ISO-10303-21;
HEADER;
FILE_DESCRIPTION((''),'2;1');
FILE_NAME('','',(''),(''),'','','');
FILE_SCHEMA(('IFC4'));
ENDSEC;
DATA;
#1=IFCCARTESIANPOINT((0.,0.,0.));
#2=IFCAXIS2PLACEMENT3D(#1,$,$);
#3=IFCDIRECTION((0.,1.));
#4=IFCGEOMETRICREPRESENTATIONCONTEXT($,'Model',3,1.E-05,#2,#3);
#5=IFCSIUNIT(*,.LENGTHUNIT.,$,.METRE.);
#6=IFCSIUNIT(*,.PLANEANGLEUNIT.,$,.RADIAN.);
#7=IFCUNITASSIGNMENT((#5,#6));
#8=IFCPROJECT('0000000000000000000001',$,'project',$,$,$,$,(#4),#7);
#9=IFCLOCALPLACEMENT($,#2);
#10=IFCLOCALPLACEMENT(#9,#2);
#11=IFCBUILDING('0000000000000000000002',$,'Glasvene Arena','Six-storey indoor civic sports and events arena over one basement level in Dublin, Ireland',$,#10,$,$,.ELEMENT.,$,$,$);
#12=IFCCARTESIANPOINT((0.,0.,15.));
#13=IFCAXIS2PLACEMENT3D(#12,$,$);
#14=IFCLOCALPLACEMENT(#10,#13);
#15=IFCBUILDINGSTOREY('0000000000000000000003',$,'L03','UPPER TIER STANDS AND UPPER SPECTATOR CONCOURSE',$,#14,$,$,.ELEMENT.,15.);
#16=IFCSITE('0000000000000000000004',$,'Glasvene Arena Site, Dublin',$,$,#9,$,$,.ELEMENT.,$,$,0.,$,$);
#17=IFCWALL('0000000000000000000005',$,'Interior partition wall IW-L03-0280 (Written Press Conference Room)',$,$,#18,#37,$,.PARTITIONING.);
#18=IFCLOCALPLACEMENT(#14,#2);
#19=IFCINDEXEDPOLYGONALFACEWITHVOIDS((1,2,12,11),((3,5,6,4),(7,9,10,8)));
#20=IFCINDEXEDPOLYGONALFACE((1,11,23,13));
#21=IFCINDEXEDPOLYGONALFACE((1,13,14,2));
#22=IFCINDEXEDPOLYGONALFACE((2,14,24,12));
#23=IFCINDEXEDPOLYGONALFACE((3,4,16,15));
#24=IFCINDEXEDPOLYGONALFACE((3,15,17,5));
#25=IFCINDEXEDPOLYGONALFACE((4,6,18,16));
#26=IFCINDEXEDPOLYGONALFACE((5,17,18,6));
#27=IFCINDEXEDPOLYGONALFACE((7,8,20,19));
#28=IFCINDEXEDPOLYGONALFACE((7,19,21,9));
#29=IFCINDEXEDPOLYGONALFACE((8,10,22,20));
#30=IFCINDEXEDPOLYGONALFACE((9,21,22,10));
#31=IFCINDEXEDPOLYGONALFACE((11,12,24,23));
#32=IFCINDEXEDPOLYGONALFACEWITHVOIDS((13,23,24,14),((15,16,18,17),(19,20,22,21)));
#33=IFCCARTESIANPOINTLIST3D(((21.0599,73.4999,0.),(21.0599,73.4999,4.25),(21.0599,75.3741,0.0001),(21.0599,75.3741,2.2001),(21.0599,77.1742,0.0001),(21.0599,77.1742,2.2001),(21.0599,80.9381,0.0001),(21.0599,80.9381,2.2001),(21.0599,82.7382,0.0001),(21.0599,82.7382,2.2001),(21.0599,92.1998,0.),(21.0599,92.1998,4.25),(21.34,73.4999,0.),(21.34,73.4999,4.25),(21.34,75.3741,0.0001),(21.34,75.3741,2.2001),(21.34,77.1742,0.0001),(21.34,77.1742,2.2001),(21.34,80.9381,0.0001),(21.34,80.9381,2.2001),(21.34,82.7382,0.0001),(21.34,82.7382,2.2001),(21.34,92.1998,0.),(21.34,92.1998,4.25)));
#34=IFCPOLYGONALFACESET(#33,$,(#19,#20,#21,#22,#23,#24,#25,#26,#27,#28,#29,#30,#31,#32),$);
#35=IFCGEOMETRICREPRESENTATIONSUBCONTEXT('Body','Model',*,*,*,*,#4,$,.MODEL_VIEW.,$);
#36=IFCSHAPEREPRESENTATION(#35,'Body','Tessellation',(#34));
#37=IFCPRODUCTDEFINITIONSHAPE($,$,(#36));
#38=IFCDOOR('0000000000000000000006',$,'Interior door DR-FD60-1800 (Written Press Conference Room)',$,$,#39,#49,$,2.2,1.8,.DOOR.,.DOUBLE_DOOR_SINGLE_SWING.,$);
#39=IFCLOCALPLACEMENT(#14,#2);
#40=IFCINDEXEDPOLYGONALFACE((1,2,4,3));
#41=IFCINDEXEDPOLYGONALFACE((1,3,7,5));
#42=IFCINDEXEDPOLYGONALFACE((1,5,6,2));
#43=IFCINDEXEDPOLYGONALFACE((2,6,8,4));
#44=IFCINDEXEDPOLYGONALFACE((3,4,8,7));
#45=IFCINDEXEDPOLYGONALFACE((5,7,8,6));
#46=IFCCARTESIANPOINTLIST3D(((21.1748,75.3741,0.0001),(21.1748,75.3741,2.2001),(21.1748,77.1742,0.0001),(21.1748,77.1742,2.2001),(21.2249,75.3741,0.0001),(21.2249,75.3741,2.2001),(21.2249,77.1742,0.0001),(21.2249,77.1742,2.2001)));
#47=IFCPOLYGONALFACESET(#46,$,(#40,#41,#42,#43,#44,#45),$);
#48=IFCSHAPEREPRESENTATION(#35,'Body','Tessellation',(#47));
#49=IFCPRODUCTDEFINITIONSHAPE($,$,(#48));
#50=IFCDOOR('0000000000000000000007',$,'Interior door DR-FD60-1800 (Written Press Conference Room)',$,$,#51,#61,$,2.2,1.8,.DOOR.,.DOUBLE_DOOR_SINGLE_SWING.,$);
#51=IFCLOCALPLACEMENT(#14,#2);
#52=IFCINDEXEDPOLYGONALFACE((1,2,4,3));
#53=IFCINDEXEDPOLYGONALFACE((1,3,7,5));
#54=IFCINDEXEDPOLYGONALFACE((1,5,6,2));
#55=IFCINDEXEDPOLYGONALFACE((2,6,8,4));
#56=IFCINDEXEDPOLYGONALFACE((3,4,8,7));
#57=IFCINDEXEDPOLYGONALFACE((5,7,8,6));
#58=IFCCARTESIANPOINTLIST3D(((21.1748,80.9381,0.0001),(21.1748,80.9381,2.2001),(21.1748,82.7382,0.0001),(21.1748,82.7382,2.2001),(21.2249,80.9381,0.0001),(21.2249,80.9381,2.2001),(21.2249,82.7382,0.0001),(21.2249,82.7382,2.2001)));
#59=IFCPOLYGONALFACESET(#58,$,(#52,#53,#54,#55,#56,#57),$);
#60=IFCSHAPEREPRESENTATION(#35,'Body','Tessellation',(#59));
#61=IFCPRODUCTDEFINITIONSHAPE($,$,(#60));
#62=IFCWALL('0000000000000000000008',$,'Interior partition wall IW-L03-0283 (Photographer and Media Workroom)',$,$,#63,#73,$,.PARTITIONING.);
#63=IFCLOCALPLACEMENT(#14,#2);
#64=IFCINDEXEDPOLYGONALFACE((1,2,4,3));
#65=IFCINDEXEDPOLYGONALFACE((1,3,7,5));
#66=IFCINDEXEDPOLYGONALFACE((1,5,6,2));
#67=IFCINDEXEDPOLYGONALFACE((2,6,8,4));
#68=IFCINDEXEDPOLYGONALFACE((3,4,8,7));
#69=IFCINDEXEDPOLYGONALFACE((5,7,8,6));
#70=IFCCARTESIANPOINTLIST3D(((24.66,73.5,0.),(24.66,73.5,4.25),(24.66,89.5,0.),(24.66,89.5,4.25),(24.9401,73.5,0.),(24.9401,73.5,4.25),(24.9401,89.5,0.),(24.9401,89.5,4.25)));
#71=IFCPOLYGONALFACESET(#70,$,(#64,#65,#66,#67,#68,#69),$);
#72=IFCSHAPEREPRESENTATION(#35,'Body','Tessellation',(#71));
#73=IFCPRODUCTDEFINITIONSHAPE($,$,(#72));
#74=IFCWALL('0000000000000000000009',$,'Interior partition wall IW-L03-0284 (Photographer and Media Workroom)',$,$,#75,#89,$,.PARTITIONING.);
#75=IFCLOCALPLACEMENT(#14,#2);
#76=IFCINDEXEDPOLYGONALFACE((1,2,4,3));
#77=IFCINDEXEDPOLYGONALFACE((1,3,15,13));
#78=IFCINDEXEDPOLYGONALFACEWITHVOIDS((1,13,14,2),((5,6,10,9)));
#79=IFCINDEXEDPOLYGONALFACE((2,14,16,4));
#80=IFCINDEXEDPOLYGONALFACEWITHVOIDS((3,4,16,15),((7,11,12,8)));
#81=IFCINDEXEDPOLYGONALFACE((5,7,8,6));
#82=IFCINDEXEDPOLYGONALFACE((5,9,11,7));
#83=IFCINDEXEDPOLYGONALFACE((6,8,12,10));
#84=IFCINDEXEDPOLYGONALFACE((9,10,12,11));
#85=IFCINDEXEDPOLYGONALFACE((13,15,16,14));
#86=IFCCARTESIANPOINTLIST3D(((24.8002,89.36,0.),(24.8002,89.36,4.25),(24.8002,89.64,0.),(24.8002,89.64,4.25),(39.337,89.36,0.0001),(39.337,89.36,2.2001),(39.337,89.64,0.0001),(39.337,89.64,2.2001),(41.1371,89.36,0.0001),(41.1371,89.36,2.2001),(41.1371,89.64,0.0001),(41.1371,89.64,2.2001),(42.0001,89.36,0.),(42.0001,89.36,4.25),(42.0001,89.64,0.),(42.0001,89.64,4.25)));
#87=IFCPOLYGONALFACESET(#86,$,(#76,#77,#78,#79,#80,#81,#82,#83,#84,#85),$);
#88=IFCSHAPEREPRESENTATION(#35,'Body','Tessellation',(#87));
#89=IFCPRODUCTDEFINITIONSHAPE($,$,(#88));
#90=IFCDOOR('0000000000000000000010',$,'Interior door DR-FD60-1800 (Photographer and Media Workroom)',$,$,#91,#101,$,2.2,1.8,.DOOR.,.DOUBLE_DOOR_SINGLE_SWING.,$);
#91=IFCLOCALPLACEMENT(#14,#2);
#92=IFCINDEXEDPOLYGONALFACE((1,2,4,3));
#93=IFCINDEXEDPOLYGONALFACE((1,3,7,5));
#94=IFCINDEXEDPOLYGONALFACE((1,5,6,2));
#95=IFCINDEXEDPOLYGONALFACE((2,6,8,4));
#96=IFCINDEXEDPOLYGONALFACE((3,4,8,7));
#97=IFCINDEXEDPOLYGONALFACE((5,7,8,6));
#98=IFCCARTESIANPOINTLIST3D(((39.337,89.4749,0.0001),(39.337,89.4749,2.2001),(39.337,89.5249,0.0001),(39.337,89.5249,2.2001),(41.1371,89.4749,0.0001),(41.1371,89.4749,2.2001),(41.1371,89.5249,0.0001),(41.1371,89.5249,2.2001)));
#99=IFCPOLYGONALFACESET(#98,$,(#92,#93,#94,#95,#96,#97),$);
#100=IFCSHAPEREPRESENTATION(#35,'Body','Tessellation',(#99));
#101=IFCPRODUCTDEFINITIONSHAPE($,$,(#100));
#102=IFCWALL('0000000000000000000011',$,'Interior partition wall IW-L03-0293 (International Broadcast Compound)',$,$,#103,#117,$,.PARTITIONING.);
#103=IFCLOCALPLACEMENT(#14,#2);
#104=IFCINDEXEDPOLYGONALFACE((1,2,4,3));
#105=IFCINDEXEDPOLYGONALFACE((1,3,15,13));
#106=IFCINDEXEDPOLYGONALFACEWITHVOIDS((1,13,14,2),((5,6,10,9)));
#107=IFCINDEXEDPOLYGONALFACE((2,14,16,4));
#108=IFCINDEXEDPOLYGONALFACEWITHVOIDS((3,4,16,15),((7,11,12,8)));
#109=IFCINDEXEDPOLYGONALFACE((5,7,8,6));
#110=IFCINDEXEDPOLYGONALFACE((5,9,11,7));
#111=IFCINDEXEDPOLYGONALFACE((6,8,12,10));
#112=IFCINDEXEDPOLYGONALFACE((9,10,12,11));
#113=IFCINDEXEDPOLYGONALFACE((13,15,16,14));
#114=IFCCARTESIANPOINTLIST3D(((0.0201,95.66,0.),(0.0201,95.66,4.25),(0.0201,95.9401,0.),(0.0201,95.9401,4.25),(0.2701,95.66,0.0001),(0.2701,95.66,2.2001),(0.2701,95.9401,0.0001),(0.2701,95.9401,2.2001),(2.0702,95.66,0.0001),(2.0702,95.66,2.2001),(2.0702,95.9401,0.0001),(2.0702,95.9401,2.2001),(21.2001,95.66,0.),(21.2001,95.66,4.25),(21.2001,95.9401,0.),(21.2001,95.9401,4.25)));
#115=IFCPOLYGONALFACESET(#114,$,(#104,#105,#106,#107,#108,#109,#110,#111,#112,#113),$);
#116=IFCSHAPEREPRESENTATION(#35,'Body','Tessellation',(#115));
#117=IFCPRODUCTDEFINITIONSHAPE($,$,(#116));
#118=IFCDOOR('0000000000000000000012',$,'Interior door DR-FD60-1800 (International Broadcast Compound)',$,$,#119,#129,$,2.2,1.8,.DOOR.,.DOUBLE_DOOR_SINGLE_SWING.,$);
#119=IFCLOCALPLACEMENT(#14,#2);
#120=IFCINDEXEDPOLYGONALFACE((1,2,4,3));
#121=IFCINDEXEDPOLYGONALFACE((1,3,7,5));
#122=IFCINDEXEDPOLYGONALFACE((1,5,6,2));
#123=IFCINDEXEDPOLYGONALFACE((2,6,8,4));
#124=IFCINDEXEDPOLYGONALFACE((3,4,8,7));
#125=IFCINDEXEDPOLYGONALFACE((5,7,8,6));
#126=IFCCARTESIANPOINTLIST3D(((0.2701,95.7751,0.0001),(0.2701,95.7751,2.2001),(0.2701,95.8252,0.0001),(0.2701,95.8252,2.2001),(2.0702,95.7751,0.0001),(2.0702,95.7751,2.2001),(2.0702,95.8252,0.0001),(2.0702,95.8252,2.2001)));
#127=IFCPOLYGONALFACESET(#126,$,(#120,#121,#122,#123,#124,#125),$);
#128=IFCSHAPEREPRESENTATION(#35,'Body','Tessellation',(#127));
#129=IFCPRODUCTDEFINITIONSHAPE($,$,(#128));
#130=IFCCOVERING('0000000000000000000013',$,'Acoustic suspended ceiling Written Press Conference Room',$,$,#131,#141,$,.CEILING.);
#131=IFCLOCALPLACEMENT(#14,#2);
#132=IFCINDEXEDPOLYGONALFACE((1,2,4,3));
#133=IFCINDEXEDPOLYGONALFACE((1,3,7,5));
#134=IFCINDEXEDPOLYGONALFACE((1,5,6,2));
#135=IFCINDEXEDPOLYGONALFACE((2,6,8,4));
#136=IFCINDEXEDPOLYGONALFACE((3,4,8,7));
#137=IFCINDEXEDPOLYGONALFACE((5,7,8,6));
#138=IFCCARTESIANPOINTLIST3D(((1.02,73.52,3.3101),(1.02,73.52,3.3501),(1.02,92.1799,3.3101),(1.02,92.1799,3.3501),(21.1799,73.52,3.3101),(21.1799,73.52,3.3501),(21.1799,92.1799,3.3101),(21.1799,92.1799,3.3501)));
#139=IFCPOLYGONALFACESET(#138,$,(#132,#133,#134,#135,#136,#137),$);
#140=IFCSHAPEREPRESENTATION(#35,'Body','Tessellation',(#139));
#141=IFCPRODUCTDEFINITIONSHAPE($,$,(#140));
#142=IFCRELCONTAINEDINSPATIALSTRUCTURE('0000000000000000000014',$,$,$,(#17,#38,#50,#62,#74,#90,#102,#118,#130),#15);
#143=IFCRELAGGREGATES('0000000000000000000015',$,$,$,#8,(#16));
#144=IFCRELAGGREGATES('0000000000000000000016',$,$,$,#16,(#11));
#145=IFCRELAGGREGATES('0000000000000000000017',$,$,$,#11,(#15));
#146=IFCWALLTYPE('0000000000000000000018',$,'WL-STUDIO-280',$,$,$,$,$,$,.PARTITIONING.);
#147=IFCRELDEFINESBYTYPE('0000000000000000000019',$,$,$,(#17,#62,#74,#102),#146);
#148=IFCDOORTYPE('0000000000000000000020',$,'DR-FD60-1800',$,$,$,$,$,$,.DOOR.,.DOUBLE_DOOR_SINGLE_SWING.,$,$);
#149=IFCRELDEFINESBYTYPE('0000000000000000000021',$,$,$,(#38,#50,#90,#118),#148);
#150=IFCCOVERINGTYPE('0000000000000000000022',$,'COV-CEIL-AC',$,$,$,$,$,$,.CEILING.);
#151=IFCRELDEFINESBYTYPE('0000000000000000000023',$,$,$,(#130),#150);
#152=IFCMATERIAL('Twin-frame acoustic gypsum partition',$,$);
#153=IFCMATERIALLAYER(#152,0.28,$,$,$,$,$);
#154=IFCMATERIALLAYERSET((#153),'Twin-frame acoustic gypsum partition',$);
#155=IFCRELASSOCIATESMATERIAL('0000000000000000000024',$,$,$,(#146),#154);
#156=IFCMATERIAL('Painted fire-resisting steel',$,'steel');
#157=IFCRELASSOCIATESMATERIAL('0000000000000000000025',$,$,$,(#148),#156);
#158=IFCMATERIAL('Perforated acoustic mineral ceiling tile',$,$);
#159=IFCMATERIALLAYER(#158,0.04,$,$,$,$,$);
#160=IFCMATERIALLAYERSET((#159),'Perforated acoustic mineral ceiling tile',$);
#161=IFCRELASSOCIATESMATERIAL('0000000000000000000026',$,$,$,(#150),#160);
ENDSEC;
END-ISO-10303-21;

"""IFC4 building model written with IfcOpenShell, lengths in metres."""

from ifc_helpers import new_model, si_unit, direction, frame, frame_2d, origin, place, context, subcontext, project, spatial, polyline, rectangle, outline, extrude, material, layer, layer_set, type_object, element, fill, save


model = new_model("IFC4")

# Units and contexts
model_context = context("Model", 3, precision=1e-05, world=origin(), true_north=direction((0.0, 1.0)))
body_context = subcontext(model_context, "Body", "Model", "MODEL_VIEW")
ifc_project = project(units=[si_unit("LENGTHUNIT", "METRE"), si_unit("PLANEANGLEUNIT", "RADIAN")], contexts=[model_context])

# Site, building, storey
site_placement = place(None, origin())
site = spatial("IfcSite", under=ifc_project, at=site_placement, Name="Glasvene Arena Site, Dublin", CompositionType="ELEMENT", RefElevation=0.0)
building_placement = place(site_placement, origin())
building = spatial("IfcBuilding", under=site, at=building_placement, Name="Glasvene Arena", Description="Six-storey indoor civic sports and events arena over one basement level in Dublin, Ireland", CompositionType="ELEMENT")
storey_placement = place(building_placement, frame((0.0, 0.0, 15.0)))
storey = spatial("IfcBuildingStorey", under=building, at=storey_placement, Name="L03", Description="UPPER TIER STANDS AND UPPER SPECTATOR CONCOURSE", CompositionType="ELEMENT", Elevation=15.0)

# Shared definitions
ifc_material_1 = material(Name="Twin-frame acoustic gypsum partition")
ifc_layer_1 = layer(ifc_material_1, 0.28)
ifc_layer_set_1 = layer_set([ifc_layer_1], Name="Twin-frame acoustic gypsum partition")
wall_type_1 = type_object("IfcWallType", Name="WL-STUDIO-280", PredefinedType="PARTITIONING", material=ifc_layer_set_1)

# Wall, openings, doors
wall_1_placement = place(storey_placement, frame((21.2, 92.2, 0.0), z_axis=(0.0, 0.0, 1.0), x_axis=(0.0, -1.0, 0.0)))
wall_1 = element("IfcWall", 1, at=wall_1_placement, inside=storey, type_object=wall_type_1, Name="Interior partition wall IW-L03-0280 (Written Press Conference Room)", PredefinedType="PARTITIONING", context=body_context, shape_type="SweptSolid", body=[
    extrude(rectangle(XDim=18.7, YDim=0.28, at=frame_2d((9.3501, 0.0))), origin(), (0.0, 0.0, 1.0), 4.25),
])
opening_1_placement = place(wall_1_placement, frame((15.0259, 0.0, 0.0)))
opening_1 = element("IfcOpeningElement", 2, at=opening_1_placement, cuts=wall_1, PredefinedType="OPENING", context=body_context, shape_type="SweptSolid", body=[
    extrude(rectangle(XDim=1.8, YDim=2.2, at=frame_2d((0.8999, 1.1001))), frame((0.0, 0.1499, 0.0), z_axis=(0.0, -1.0, 0.0), x_axis=(1.0, 0.0, 0.0)), (0.0, 0.0, 1.0), 0.3),
])
opening_2_placement = place(wall_1_placement, frame((9.4619, 0.0, 0.0)))
opening_2 = element("IfcOpeningElement", 3, at=opening_2_placement, cuts=wall_1, PredefinedType="OPENING", context=body_context, shape_type="SweptSolid", body=[
    extrude(rectangle(XDim=1.8, YDim=2.2, at=frame_2d((0.8999, 1.1001))), frame((0.0, 0.1499, 0.0), z_axis=(0.0, -1.0, 0.0), x_axis=(1.0, 0.0, 0.0)), (0.0, 0.0, 1.0), 0.3),
])
ifc_material_2 = material(Name="Painted fire-resisting steel", Category="steel")
door_type = type_object("IfcDoorType", Name="DR-FD60-1800", OperationType="DOUBLE_DOOR_SINGLE_SWING", PredefinedType="DOOR", material=ifc_material_2)
door_1_placement = place(opening_1_placement, origin())
door_1 = element("IfcDoor", 4, at=door_1_placement, inside=storey, type_object=door_type, Name="Interior door DR-FD60-1800 (Written Press Conference Room)", OperationType="DOUBLE_DOOR_SINGLE_SWING", OverallHeight=2.2, OverallWidth=1.8, PredefinedType="DOOR", context=body_context, shape_type="SweptSolid", body=[
    extrude(rectangle(XDim=1.8, YDim=2.2, at=frame_2d((0.8999, 1.1001))), frame((0.0, 0.0249, 0.0), z_axis=(0.0, -1.0, 0.0), x_axis=(1.0, 0.0, 0.0)), (0.0, 0.0, 1.0), 0.05),
])
fill(opening_1, door_1)
door_2_placement = place(opening_2_placement, origin())
door_2 = element("IfcDoor", 5, at=door_2_placement, inside=storey, type_object=door_type, Name="Interior door DR-FD60-1800 (Written Press Conference Room)", OperationType="DOUBLE_DOOR_SINGLE_SWING", OverallHeight=2.2, OverallWidth=1.8, PredefinedType="DOOR", context=body_context, shape_type="SweptSolid", body=[
    extrude(rectangle(XDim=1.8, YDim=2.2, at=frame_2d((0.8999, 1.1001))), frame((0.0, 0.0249, 0.0), z_axis=(0.0, -1.0, 0.0), x_axis=(1.0, 0.0, 0.0)), (0.0, 0.0, 1.0), 0.05),
])
fill(opening_2, door_2)

# Wall
wall_2_placement = place(storey_placement, frame((24.8, 73.5, 0.0), z_axis=(0.0, 0.0, 1.0), x_axis=(0.0, 1.0, 0.0)))
element("IfcWall", 6, at=wall_2_placement, inside=storey, type_object=wall_type_1, Name="Interior partition wall IW-L03-0283 (Photographer and Media Workroom)", PredefinedType="PARTITIONING", context=body_context, shape_type="SweptSolid", body=[
    extrude(rectangle(XDim=16.0, YDim=0.28, at=frame_2d((8.0, 0.0))), origin(), (0.0, 0.0, 1.0), 4.25),
])

# Walls, openings, doors
wall_3_placement = place(storey_placement, frame((24.8, 89.5, 0.0), z_axis=(0.0, 0.0, 1.0), x_axis=(1.0, 0.0, 0.0)))
wall_3 = element("IfcWall", 7, at=wall_3_placement, inside=storey, type_object=wall_type_1, Name="Interior partition wall IW-L03-0284 (Photographer and Media Workroom)", PredefinedType="PARTITIONING", context=body_context, shape_type="SweptSolid", body=[
    extrude(rectangle(XDim=17.2, YDim=0.28, at=frame_2d((8.6001, 0.0))), origin(), (0.0, 0.0, 1.0), 4.25),
])
opening_3_placement = place(wall_3_placement, frame((14.5371, 0.0, 0.0)))
opening_3 = element("IfcOpeningElement", 8, at=opening_3_placement, cuts=wall_3, PredefinedType="OPENING", context=body_context, shape_type="SweptSolid", body=[
    extrude(rectangle(XDim=1.8, YDim=2.2, at=frame_2d((0.8999, 1.1001))), frame((0.0, 0.1499, 0.0), z_axis=(0.0, -1.0, 0.0), x_axis=(1.0, 0.0, 0.0)), (0.0, 0.0, 1.0), 0.3),
])
door_3_placement = place(opening_3_placement, origin())
door_3 = element("IfcDoor", 9, at=door_3_placement, inside=storey, type_object=door_type, Name="Interior door DR-FD60-1800 (Photographer and Media Workroom)", OperationType="DOUBLE_DOOR_SINGLE_SWING", OverallHeight=2.2, OverallWidth=1.8, PredefinedType="DOOR", context=body_context, shape_type="SweptSolid", body=[
    extrude(rectangle(XDim=1.8, YDim=2.2, at=frame_2d((0.8999, 1.1001))), frame((0.0, 0.0249, 0.0), z_axis=(0.0, -1.0, 0.0), x_axis=(1.0, 0.0, 0.0)), (0.0, 0.0, 1.0), 0.05),
])
fill(opening_3, door_3)
wall_4_placement = place(storey_placement, frame((21.2, 95.8, 0.0), z_axis=(0.0, 0.0, 1.0), x_axis=(-1.0, 0.0, 0.0)))
wall_4 = element("IfcWall", 10, at=wall_4_placement, inside=storey, type_object=wall_type_1, Name="Interior partition wall IW-L03-0293 (International Broadcast Compound)", PredefinedType="PARTITIONING", context=body_context, shape_type="SweptSolid", body=[
    extrude(rectangle(XDim=21.1799, YDim=0.28, at=frame_2d((10.5898, 0.0))), origin(), (0.0, 0.0, 1.0), 4.25),
])
opening_4_placement = place(wall_4_placement, frame((19.1299, 0.0, 0.0)))
opening_4 = element("IfcOpeningElement", 11, at=opening_4_placement, cuts=wall_4, PredefinedType="OPENING", context=body_context, shape_type="SweptSolid", body=[
    extrude(rectangle(XDim=1.8, YDim=2.2, at=frame_2d((0.8999, 1.1001))), frame((0.0, 0.1499, 0.0), z_axis=(0.0, -1.0, 0.0), x_axis=(1.0, 0.0, 0.0)), (0.0, 0.0, 1.0), 0.3),
])
door_4_placement = place(opening_4_placement, origin())
door_4 = element("IfcDoor", 12, at=door_4_placement, inside=storey, type_object=door_type, Name="Interior door DR-FD60-1800 (International Broadcast Compound)", OperationType="DOUBLE_DOOR_SINGLE_SWING", OverallHeight=2.2, OverallWidth=1.8, PredefinedType="DOOR", context=body_context, shape_type="SweptSolid", body=[
    extrude(rectangle(XDim=1.8, YDim=2.2, at=frame_2d((0.8999, 1.1001))), frame((0.0, 0.0249, 0.0), z_axis=(0.0, -1.0, 0.0), x_axis=(1.0, 0.0, 0.0)), (0.0, 0.0, 1.0), 0.05),
])
fill(opening_4, door_4)

# Covering
ifc_material_3 = material(Name="Perforated acoustic mineral ceiling tile")
ifc_layer_2 = layer(ifc_material_3, 0.04)
ifc_layer_set_2 = layer_set([ifc_layer_2], Name="Perforated acoustic mineral ceiling tile")
covering_type = type_object("IfcCoveringType", Name="COV-CEIL-AC", PredefinedType="CEILING", material=ifc_layer_set_2)
covering_placement = place(storey_placement, frame((11.1001, 82.8501, 3.3101)))
element("IfcCovering", 13, at=covering_placement, inside=storey, type_object=covering_type, Name="Acoustic suspended ceiling Written Press Conference Room", PredefinedType="CEILING", context=body_context, shape_type="SweptSolid", body=[
    extrude(outline(polyline([(10.0798, 9.3298), (10.0798, -9.3301), (-10.0801, -9.3301), (-10.0801, 9.3298), (10.0798, 9.3298)])), origin(), (0.0, 0.0, 1.0), 0.04),
])

save(model, "model.ifc")
